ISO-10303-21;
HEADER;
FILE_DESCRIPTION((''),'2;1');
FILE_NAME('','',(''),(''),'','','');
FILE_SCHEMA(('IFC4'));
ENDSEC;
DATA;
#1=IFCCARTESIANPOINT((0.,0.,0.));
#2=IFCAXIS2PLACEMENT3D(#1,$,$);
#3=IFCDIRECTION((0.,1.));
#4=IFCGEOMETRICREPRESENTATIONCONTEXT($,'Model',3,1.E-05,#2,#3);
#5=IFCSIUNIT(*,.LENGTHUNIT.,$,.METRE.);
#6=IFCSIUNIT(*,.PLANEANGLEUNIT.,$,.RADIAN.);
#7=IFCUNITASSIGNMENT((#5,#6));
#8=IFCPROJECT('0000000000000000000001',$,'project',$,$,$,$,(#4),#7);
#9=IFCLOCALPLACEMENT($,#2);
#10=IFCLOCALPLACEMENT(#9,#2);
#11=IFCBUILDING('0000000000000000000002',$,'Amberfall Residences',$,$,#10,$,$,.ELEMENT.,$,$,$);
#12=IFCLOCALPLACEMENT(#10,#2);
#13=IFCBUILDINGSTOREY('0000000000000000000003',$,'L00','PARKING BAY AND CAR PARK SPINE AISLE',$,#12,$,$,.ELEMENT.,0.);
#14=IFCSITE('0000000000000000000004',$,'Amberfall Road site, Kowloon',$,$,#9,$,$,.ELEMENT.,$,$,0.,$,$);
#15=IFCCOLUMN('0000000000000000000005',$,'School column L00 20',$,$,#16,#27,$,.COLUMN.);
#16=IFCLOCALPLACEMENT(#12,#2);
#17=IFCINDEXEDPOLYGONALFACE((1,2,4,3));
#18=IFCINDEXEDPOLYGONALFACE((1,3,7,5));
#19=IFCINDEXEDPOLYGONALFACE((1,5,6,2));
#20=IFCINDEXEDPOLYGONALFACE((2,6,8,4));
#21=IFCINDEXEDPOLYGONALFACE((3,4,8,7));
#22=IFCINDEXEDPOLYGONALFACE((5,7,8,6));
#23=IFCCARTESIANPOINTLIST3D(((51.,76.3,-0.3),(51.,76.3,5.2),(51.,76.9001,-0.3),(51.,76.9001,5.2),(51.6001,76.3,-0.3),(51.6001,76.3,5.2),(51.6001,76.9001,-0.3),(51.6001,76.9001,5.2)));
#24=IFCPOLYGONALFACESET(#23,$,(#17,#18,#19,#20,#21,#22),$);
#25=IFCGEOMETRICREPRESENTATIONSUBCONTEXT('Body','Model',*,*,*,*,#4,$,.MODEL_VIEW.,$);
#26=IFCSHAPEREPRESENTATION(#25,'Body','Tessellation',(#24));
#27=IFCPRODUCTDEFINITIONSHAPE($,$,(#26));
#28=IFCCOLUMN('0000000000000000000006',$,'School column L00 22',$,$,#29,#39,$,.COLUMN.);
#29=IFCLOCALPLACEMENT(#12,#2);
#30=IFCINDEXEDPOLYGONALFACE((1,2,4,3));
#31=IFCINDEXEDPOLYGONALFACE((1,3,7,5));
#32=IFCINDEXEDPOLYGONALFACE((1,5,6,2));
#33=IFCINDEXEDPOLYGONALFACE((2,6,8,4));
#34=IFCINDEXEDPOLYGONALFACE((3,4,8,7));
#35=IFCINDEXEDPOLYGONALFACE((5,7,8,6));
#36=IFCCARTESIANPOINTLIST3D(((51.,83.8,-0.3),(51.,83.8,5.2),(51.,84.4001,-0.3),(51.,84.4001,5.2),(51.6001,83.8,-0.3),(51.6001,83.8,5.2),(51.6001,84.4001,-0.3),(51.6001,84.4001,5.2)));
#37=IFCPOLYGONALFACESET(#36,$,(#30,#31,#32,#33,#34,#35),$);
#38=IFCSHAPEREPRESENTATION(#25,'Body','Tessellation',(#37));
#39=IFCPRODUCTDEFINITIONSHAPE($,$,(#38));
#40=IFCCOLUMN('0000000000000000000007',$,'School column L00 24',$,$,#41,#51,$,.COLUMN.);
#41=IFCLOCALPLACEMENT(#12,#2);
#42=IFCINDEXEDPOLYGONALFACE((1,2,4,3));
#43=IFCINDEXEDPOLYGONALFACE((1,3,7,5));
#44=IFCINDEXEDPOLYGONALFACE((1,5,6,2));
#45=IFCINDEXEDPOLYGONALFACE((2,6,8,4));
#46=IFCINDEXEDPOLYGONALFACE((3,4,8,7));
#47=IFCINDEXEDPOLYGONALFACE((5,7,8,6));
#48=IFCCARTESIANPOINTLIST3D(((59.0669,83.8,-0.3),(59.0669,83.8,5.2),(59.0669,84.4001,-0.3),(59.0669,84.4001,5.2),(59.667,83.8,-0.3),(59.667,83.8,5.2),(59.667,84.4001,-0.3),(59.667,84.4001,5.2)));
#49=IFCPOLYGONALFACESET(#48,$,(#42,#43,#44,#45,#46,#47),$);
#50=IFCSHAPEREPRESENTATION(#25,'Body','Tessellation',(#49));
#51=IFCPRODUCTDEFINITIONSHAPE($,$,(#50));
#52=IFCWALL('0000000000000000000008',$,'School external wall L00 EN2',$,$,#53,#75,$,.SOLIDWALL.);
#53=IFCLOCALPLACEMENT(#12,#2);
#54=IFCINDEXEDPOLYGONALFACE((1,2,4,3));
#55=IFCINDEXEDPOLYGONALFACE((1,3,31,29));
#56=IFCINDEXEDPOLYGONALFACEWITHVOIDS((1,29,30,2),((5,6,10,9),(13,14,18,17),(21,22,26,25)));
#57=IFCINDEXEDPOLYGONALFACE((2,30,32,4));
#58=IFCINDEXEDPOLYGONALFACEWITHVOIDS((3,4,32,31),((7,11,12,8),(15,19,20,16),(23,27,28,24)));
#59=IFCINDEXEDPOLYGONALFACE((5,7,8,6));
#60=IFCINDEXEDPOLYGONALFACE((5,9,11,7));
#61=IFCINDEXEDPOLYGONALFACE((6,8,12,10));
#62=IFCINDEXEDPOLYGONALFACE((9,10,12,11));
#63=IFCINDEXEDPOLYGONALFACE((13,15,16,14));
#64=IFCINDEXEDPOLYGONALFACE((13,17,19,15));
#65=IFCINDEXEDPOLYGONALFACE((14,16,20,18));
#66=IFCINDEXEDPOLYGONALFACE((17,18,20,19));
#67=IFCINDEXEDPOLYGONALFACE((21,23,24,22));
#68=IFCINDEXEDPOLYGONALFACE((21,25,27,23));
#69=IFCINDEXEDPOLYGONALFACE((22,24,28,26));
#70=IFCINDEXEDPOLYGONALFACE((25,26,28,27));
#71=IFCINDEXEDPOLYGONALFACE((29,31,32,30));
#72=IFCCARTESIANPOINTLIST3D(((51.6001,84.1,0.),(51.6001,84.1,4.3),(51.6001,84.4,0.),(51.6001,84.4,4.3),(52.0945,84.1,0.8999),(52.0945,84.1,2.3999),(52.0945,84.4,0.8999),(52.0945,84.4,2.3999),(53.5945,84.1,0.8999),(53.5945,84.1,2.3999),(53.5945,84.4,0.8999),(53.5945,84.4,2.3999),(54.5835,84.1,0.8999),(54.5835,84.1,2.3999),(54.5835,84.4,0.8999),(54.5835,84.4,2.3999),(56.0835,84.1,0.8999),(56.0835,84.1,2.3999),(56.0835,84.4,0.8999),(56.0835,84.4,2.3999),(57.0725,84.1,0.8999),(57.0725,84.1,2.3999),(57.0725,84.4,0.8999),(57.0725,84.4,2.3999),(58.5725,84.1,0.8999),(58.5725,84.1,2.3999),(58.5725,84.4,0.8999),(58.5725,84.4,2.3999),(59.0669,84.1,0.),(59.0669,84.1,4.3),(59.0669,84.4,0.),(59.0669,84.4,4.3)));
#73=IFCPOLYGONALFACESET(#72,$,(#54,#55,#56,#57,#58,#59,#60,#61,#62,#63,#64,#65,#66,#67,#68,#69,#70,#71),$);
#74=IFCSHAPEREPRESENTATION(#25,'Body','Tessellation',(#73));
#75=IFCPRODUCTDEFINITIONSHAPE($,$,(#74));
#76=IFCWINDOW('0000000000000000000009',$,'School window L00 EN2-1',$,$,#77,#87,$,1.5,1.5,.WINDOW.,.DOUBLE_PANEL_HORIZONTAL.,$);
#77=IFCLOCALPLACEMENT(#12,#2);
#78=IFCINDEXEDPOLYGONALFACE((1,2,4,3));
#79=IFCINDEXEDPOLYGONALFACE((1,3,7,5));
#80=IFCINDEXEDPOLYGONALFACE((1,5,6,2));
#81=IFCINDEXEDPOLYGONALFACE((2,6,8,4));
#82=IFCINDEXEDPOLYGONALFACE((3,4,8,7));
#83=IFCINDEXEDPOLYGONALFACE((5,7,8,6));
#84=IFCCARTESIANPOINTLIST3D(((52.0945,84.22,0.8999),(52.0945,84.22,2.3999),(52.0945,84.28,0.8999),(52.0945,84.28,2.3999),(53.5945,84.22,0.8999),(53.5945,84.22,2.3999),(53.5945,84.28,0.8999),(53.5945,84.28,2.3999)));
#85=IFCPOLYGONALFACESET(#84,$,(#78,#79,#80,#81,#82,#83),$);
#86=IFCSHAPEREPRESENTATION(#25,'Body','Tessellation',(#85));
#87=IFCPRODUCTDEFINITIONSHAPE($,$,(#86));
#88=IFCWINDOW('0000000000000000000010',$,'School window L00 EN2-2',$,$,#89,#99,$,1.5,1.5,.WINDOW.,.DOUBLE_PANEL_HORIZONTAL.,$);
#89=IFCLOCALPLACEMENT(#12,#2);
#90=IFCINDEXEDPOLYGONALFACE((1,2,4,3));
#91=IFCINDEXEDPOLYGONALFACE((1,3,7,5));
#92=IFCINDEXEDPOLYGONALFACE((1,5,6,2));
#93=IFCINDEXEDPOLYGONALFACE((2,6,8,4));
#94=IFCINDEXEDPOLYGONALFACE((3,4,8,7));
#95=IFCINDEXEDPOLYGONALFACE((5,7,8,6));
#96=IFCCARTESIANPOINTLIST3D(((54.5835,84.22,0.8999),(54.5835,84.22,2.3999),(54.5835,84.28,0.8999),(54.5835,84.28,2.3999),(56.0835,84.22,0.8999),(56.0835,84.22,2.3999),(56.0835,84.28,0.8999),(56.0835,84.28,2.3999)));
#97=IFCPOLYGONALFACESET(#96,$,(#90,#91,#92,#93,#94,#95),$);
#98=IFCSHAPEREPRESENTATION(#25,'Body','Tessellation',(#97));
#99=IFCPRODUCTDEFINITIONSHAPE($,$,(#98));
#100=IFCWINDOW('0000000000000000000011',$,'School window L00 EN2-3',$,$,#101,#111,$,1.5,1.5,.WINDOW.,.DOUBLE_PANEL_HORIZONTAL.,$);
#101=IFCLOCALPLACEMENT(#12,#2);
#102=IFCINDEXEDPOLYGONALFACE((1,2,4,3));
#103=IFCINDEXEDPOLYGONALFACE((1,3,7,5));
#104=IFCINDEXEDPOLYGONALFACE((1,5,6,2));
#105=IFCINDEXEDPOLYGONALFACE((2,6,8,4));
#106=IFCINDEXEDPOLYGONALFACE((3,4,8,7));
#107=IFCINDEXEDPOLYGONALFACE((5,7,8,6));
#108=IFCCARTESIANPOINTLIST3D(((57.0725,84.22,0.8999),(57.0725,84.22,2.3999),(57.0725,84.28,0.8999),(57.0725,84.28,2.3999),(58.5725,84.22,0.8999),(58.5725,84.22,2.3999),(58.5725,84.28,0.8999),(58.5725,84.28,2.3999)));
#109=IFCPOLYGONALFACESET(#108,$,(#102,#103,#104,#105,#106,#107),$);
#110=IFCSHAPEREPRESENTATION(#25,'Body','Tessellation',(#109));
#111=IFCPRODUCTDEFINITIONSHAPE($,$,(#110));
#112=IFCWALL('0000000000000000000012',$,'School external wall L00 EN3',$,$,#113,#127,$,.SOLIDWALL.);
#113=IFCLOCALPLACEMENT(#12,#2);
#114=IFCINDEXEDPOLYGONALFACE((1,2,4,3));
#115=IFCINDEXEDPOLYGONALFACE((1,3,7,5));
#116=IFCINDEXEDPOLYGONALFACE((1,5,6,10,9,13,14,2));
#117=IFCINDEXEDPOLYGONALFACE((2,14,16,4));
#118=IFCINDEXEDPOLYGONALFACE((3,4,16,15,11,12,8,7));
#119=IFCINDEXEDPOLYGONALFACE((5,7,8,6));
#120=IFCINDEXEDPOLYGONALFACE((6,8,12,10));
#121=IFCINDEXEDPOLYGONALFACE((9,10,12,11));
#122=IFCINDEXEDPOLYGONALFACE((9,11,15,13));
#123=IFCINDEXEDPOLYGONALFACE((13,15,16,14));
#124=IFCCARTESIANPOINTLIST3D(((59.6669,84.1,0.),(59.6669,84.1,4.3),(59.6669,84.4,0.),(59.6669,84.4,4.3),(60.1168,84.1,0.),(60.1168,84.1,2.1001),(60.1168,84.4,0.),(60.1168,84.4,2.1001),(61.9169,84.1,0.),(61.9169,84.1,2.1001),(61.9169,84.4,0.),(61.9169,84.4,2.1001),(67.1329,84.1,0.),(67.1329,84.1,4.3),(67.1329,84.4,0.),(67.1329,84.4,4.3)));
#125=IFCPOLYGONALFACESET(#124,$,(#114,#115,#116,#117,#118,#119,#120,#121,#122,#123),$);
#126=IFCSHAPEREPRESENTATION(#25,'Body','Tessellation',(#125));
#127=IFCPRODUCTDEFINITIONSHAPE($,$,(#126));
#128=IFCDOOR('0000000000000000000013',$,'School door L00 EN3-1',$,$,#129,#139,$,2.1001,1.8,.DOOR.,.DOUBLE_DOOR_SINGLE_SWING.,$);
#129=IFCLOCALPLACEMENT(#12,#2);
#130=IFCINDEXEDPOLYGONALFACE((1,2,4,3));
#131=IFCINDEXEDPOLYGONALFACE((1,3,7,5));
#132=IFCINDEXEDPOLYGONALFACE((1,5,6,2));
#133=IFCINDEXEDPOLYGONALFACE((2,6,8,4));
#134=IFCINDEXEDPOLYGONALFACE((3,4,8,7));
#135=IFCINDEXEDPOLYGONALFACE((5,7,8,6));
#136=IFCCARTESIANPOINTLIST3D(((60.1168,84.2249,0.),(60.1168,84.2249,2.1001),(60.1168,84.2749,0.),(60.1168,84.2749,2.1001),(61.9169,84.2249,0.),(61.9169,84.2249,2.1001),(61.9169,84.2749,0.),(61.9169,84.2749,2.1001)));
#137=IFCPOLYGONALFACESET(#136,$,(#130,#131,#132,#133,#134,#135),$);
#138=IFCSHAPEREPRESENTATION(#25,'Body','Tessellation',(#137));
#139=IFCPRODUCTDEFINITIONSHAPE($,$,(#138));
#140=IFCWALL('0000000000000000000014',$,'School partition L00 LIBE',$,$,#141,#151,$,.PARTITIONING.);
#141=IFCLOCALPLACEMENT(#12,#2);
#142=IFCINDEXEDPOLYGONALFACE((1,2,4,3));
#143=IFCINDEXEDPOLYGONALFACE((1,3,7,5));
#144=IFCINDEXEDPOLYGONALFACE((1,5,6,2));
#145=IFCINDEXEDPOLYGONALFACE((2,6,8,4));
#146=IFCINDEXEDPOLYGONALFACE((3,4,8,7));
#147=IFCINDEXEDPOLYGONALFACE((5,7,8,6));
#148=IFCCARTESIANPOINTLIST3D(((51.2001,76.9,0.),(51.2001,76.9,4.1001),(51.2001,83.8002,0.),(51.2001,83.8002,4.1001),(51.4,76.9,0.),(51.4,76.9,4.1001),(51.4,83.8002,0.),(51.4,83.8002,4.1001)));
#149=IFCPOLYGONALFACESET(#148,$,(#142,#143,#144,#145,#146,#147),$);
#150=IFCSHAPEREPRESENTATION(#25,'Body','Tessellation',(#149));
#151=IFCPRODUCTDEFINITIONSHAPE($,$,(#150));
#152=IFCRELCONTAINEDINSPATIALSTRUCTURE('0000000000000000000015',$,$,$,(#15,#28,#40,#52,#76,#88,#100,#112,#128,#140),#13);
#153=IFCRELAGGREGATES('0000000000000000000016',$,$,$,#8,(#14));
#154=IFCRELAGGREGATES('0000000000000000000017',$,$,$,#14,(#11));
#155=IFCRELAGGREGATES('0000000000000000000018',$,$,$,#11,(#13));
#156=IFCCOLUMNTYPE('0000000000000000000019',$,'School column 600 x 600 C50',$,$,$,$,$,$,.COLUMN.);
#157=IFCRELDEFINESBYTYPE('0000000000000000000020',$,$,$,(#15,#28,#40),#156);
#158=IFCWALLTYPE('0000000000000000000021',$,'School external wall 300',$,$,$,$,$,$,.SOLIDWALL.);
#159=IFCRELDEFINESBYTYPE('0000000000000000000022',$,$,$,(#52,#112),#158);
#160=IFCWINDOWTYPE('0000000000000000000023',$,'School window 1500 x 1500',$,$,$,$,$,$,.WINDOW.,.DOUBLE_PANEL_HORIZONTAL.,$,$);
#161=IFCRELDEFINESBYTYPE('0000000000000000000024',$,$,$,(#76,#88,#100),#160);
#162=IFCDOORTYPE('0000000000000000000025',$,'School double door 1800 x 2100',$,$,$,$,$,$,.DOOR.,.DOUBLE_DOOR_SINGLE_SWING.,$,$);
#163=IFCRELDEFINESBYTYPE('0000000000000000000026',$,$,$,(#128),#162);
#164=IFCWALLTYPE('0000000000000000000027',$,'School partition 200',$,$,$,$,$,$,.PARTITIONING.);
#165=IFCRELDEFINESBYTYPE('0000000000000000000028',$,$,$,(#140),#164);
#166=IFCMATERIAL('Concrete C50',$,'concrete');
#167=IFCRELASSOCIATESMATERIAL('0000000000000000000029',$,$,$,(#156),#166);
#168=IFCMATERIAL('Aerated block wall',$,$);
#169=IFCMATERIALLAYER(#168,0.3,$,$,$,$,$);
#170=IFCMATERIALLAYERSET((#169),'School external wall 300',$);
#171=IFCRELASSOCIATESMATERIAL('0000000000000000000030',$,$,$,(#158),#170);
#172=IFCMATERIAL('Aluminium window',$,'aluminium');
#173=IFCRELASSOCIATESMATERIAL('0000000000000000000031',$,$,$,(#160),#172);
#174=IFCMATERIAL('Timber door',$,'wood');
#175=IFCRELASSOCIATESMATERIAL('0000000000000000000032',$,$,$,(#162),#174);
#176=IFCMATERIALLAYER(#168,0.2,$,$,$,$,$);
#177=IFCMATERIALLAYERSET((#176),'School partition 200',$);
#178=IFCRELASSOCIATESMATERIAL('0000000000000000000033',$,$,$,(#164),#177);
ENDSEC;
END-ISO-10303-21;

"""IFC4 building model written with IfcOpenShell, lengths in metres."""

from ifc_helpers import new_model, si_unit, direction, frame, frame_2d, origin, origin_2d, place, context, subcontext, project, spatial, rectangle, extrude, material, layer, layer_set, material_profile, profile_set, type_object, element, fill, save


model = new_model("IFC4")

# Units and contexts
model_context = context("Model", 3, precision=1e-05, world=origin(), true_north=direction((0.0, 1.0)))
body_context = subcontext(model_context, "Body", "Model", "MODEL_VIEW")
ifc_project = project(units=[si_unit("LENGTHUNIT", "METRE"), si_unit("PLANEANGLEUNIT", "RADIAN")], contexts=[model_context])

# Site, building, storey
site_placement = place(None, origin())
site = spatial("IfcSite", under=ifc_project, at=site_placement, Name="Amberfall Road site, Kowloon", CompositionType="ELEMENT", RefElevation=0.0)
building_placement = place(site_placement, origin())
building = spatial("IfcBuilding", under=site, at=building_placement, Name="Amberfall Residences", CompositionType="ELEMENT")
storey_placement = place(building_placement, origin())
storey = spatial("IfcBuildingStorey", under=building, at=storey_placement, Name="L00", Description="PARKING BAY AND CAR PARK SPINE AISLE", CompositionType="ELEMENT", Elevation=0.0)

# Columns
ifc_material_1 = material(Name="Concrete C50", Category="concrete")
ifc_material_profile = material_profile(ifc_material_1, rectangle(XDim=0.6001, YDim=0.6001, at=origin_2d()), Name="School column 600 x 600 C50")
ifc_profile_set = profile_set([ifc_material_profile], Name="Concrete C50")
column_type = type_object("IfcColumnType", Name="School column 600 x 600 C50", PredefinedType="COLUMN", material=ifc_profile_set)
for number, where, z_axis, x_axis, name in (
    (1, (51.3, 76.6001, -0.3), (0.0, 0.0, 1.0), (1.0, 0.0, 0.0), "School column L00 20"),
    (2, (51.3, 84.1001, -0.3), (0.0, 0.0, 1.0), (1.0, 0.0, 0.0), "School column L00 22"),
    (3, (59.3669, 84.1001, -0.3), (0.0, 0.0, 1.0), (1.0, 0.0, 0.0), "School column L00 24"),
):
    element("IfcColumn", number, at=place(storey_placement, frame(where, z_axis=z_axis, x_axis=x_axis)), inside=storey, type_object=column_type, Name=name, PredefinedType="COLUMN", context=body_context, shape_type="SweptSolid", body=[
        extrude(rectangle(XDim=0.6001, YDim=0.6001, at=origin_2d()), origin(), (0.0, 0.0, 1.0), 5.5),
    ])

# Wall, openings, windows
ifc_material_2 = material(Name="Aerated block wall")
ifc_layer_1 = layer(ifc_material_2, 0.3)
ifc_layer_set_1 = layer_set([ifc_layer_1], Name="School external wall 300")
wall_type_1 = type_object("IfcWallType", Name="School external wall 300", PredefinedType="SOLIDWALL", material=ifc_layer_set_1)
wall_1_placement = place(storey_placement, frame((51.6001, 84.25, 0.0), z_axis=(0.0, 0.0, 1.0), x_axis=(1.0, 0.0, 0.0)))
wall_1 = element("IfcWall", 4, at=wall_1_placement, inside=storey, type_object=wall_type_1, Name="School external wall L00 EN2", PredefinedType="SOLIDWALL", context=body_context, shape_type="SweptSolid", body=[
    extrude(rectangle(XDim=7.4668, YDim=0.3, at=frame_2d((3.7334, 0.0))), origin(), (0.0, 0.0, 1.0), 4.3),
])
opening_1_placement = place(wall_1_placement, frame((0.4944, 0.0, 0.8999)))
opening_1 = element("IfcOpeningElement", 5, at=opening_1_placement, cuts=wall_1, PredefinedType="OPENING", context=body_context, shape_type="SweptSolid", body=[
    extrude(rectangle(XDim=1.5, YDim=1.5, at=frame_2d((0.75, 0.75))), frame((0.0, 0.1599, 0.0), z_axis=(0.0, -1.0, 0.0), x_axis=(1.0, 0.0, 0.0)), (0.0, 0.0, 1.0), 0.3201),
])
opening_2_placement = place(wall_1_placement, frame((2.9834, 0.0, 0.8999)))
opening_2 = element("IfcOpeningElement", 6, at=opening_2_placement, cuts=wall_1, PredefinedType="OPENING", context=body_context, shape_type="SweptSolid", body=[
    extrude(rectangle(XDim=1.5, YDim=1.5, at=frame_2d((0.75, 0.75))), frame((0.0, 0.1599, 0.0), z_axis=(0.0, -1.0, 0.0), x_axis=(1.0, 0.0, 0.0)), (0.0, 0.0, 1.0), 0.3201),
])
opening_3_placement = place(wall_1_placement, frame((5.4724, 0.0, 0.8999)))
opening_3 = element("IfcOpeningElement", 7, at=opening_3_placement, cuts=wall_1, PredefinedType="OPENING", context=body_context, shape_type="SweptSolid", body=[
    extrude(rectangle(XDim=1.5, YDim=1.5, at=frame_2d((0.75, 0.75))), frame((0.0, 0.1599, 0.0), z_axis=(0.0, -1.0, 0.0), x_axis=(1.0, 0.0, 0.0)), (0.0, 0.0, 1.0), 0.3201),
])
ifc_material_3 = material(Name="Aluminium window", Category="aluminium")
window_type = type_object("IfcWindowType", Name="School window 1500 x 1500", PartitioningType="DOUBLE_PANEL_HORIZONTAL", PredefinedType="WINDOW", material=ifc_material_3)
window_1_placement = place(opening_1_placement, origin())
window_1 = element("IfcWindow", 8, at=window_1_placement, inside=storey, type_object=window_type, Name="School window L00 EN2-1", OverallHeight=1.5, OverallWidth=1.5, PartitioningType="DOUBLE_PANEL_HORIZONTAL", PredefinedType="WINDOW", context=body_context, shape_type="SweptSolid", body=[
    extrude(rectangle(XDim=1.5, YDim=1.5, at=frame_2d((0.75, 0.75))), frame((0.0, 0.03, 0.0), z_axis=(0.0, -1.0, 0.0), x_axis=(1.0, 0.0, 0.0)), (0.0, 0.0, 1.0), 0.0601),
])
fill(opening_1, window_1)
window_2_placement = place(opening_2_placement, origin())
window_2 = element("IfcWindow", 9, at=window_2_placement, inside=storey, type_object=window_type, Name="School window L00 EN2-2", OverallHeight=1.5, OverallWidth=1.5, PartitioningType="DOUBLE_PANEL_HORIZONTAL", PredefinedType="WINDOW", context=body_context, shape_type="SweptSolid", body=[
    extrude(rectangle(XDim=1.5, YDim=1.5, at=frame_2d((0.75, 0.75))), frame((0.0, 0.03, 0.0), z_axis=(0.0, -1.0, 0.0), x_axis=(1.0, 0.0, 0.0)), (0.0, 0.0, 1.0), 0.0601),
])
fill(opening_2, window_2)
window_3_placement = place(opening_3_placement, origin())
window_3 = element("IfcWindow", 10, at=window_3_placement, inside=storey, type_object=window_type, Name="School window L00 EN2-3", OverallHeight=1.5, OverallWidth=1.5, PartitioningType="DOUBLE_PANEL_HORIZONTAL", PredefinedType="WINDOW", context=body_context, shape_type="SweptSolid", body=[
    extrude(rectangle(XDim=1.5, YDim=1.5, at=frame_2d((0.75, 0.75))), frame((0.0, 0.03, 0.0), z_axis=(0.0, -1.0, 0.0), x_axis=(1.0, 0.0, 0.0)), (0.0, 0.0, 1.0), 0.0601),
])
fill(opening_3, window_3)

# Wall, opening, door
wall_2_placement = place(storey_placement, frame((59.667, 84.25, 0.0), z_axis=(0.0, 0.0, 1.0), x_axis=(1.0, 0.0, 0.0)))
wall_2 = element("IfcWall", 11, at=wall_2_placement, inside=storey, type_object=wall_type_1, Name="School external wall L00 EN3", PredefinedType="SOLIDWALL", context=body_context, shape_type="SweptSolid", body=[
    extrude(rectangle(XDim=7.4661, YDim=0.3, at=frame_2d((3.7329, 0.0))), origin(), (0.0, 0.0, 1.0), 4.3),
])
opening_4_placement = place(wall_2_placement, frame((0.45, 0.0, 0.0)))
opening_4 = element("IfcOpeningElement", 12, at=opening_4_placement, cuts=wall_2, PredefinedType="OPENING", context=body_context, shape_type="SweptSolid", body=[
    extrude(rectangle(XDim=1.8, YDim=2.1001, at=frame_2d((0.8999, 1.05))), frame((0.0, 0.1599, 0.0), z_axis=(0.0, -1.0, 0.0), x_axis=(1.0, 0.0, 0.0)), (0.0, 0.0, 1.0), 0.3201),
])
ifc_material_4 = material(Name="Timber door", Category="wood")
door_type_1 = type_object("IfcDoorType", Name="School double door 1800 x 2100", OperationType="DOUBLE_DOOR_SINGLE_SWING", PredefinedType="DOOR", material=ifc_material_4)
door_1_placement = place(opening_4_placement, origin())
door_1 = element("IfcDoor", 13, at=door_1_placement, inside=storey, type_object=door_type_1, Name="School door L00 EN3-1", OperationType="DOUBLE_DOOR_SINGLE_SWING", OverallHeight=2.1001, OverallWidth=1.8, PredefinedType="DOOR", context=body_context, shape_type="SweptSolid", body=[
    extrude(rectangle(XDim=1.8, YDim=2.1001, at=frame_2d((0.8999, 1.05))), frame((0.0, 0.0249, 0.0), z_axis=(0.0, -1.0, 0.0), x_axis=(1.0, 0.0, 0.0)), (0.0, 0.0, 1.0), 0.05),
])
fill(opening_4, door_1)

# Wall
ifc_layer_2 = layer(ifc_material_2, 0.2)
ifc_layer_set_2 = layer_set([ifc_layer_2], Name="School partition 200")
wall_type_2 = type_object("IfcWallType", Name="School partition 200", PredefinedType="PARTITIONING", material=ifc_layer_set_2)
wall_3_placement = place(storey_placement, frame((51.3, 76.8999, 0.0), z_axis=(0.0, 0.0, 1.0), x_axis=(0.0, 1.0, 0.0)))
element("IfcWall", 14, at=wall_3_placement, inside=storey, type_object=wall_type_2, Name="School partition L00 LIBE", PredefinedType="PARTITIONING", context=body_context, shape_type="SweptSolid", body=[
    extrude(rectangle(XDim=6.9001, YDim=0.2, at=frame_2d((3.4502, 0.0))), origin(), (0.0, 0.0, 1.0), 4.1001),
])

save(model, "model.ifc")
